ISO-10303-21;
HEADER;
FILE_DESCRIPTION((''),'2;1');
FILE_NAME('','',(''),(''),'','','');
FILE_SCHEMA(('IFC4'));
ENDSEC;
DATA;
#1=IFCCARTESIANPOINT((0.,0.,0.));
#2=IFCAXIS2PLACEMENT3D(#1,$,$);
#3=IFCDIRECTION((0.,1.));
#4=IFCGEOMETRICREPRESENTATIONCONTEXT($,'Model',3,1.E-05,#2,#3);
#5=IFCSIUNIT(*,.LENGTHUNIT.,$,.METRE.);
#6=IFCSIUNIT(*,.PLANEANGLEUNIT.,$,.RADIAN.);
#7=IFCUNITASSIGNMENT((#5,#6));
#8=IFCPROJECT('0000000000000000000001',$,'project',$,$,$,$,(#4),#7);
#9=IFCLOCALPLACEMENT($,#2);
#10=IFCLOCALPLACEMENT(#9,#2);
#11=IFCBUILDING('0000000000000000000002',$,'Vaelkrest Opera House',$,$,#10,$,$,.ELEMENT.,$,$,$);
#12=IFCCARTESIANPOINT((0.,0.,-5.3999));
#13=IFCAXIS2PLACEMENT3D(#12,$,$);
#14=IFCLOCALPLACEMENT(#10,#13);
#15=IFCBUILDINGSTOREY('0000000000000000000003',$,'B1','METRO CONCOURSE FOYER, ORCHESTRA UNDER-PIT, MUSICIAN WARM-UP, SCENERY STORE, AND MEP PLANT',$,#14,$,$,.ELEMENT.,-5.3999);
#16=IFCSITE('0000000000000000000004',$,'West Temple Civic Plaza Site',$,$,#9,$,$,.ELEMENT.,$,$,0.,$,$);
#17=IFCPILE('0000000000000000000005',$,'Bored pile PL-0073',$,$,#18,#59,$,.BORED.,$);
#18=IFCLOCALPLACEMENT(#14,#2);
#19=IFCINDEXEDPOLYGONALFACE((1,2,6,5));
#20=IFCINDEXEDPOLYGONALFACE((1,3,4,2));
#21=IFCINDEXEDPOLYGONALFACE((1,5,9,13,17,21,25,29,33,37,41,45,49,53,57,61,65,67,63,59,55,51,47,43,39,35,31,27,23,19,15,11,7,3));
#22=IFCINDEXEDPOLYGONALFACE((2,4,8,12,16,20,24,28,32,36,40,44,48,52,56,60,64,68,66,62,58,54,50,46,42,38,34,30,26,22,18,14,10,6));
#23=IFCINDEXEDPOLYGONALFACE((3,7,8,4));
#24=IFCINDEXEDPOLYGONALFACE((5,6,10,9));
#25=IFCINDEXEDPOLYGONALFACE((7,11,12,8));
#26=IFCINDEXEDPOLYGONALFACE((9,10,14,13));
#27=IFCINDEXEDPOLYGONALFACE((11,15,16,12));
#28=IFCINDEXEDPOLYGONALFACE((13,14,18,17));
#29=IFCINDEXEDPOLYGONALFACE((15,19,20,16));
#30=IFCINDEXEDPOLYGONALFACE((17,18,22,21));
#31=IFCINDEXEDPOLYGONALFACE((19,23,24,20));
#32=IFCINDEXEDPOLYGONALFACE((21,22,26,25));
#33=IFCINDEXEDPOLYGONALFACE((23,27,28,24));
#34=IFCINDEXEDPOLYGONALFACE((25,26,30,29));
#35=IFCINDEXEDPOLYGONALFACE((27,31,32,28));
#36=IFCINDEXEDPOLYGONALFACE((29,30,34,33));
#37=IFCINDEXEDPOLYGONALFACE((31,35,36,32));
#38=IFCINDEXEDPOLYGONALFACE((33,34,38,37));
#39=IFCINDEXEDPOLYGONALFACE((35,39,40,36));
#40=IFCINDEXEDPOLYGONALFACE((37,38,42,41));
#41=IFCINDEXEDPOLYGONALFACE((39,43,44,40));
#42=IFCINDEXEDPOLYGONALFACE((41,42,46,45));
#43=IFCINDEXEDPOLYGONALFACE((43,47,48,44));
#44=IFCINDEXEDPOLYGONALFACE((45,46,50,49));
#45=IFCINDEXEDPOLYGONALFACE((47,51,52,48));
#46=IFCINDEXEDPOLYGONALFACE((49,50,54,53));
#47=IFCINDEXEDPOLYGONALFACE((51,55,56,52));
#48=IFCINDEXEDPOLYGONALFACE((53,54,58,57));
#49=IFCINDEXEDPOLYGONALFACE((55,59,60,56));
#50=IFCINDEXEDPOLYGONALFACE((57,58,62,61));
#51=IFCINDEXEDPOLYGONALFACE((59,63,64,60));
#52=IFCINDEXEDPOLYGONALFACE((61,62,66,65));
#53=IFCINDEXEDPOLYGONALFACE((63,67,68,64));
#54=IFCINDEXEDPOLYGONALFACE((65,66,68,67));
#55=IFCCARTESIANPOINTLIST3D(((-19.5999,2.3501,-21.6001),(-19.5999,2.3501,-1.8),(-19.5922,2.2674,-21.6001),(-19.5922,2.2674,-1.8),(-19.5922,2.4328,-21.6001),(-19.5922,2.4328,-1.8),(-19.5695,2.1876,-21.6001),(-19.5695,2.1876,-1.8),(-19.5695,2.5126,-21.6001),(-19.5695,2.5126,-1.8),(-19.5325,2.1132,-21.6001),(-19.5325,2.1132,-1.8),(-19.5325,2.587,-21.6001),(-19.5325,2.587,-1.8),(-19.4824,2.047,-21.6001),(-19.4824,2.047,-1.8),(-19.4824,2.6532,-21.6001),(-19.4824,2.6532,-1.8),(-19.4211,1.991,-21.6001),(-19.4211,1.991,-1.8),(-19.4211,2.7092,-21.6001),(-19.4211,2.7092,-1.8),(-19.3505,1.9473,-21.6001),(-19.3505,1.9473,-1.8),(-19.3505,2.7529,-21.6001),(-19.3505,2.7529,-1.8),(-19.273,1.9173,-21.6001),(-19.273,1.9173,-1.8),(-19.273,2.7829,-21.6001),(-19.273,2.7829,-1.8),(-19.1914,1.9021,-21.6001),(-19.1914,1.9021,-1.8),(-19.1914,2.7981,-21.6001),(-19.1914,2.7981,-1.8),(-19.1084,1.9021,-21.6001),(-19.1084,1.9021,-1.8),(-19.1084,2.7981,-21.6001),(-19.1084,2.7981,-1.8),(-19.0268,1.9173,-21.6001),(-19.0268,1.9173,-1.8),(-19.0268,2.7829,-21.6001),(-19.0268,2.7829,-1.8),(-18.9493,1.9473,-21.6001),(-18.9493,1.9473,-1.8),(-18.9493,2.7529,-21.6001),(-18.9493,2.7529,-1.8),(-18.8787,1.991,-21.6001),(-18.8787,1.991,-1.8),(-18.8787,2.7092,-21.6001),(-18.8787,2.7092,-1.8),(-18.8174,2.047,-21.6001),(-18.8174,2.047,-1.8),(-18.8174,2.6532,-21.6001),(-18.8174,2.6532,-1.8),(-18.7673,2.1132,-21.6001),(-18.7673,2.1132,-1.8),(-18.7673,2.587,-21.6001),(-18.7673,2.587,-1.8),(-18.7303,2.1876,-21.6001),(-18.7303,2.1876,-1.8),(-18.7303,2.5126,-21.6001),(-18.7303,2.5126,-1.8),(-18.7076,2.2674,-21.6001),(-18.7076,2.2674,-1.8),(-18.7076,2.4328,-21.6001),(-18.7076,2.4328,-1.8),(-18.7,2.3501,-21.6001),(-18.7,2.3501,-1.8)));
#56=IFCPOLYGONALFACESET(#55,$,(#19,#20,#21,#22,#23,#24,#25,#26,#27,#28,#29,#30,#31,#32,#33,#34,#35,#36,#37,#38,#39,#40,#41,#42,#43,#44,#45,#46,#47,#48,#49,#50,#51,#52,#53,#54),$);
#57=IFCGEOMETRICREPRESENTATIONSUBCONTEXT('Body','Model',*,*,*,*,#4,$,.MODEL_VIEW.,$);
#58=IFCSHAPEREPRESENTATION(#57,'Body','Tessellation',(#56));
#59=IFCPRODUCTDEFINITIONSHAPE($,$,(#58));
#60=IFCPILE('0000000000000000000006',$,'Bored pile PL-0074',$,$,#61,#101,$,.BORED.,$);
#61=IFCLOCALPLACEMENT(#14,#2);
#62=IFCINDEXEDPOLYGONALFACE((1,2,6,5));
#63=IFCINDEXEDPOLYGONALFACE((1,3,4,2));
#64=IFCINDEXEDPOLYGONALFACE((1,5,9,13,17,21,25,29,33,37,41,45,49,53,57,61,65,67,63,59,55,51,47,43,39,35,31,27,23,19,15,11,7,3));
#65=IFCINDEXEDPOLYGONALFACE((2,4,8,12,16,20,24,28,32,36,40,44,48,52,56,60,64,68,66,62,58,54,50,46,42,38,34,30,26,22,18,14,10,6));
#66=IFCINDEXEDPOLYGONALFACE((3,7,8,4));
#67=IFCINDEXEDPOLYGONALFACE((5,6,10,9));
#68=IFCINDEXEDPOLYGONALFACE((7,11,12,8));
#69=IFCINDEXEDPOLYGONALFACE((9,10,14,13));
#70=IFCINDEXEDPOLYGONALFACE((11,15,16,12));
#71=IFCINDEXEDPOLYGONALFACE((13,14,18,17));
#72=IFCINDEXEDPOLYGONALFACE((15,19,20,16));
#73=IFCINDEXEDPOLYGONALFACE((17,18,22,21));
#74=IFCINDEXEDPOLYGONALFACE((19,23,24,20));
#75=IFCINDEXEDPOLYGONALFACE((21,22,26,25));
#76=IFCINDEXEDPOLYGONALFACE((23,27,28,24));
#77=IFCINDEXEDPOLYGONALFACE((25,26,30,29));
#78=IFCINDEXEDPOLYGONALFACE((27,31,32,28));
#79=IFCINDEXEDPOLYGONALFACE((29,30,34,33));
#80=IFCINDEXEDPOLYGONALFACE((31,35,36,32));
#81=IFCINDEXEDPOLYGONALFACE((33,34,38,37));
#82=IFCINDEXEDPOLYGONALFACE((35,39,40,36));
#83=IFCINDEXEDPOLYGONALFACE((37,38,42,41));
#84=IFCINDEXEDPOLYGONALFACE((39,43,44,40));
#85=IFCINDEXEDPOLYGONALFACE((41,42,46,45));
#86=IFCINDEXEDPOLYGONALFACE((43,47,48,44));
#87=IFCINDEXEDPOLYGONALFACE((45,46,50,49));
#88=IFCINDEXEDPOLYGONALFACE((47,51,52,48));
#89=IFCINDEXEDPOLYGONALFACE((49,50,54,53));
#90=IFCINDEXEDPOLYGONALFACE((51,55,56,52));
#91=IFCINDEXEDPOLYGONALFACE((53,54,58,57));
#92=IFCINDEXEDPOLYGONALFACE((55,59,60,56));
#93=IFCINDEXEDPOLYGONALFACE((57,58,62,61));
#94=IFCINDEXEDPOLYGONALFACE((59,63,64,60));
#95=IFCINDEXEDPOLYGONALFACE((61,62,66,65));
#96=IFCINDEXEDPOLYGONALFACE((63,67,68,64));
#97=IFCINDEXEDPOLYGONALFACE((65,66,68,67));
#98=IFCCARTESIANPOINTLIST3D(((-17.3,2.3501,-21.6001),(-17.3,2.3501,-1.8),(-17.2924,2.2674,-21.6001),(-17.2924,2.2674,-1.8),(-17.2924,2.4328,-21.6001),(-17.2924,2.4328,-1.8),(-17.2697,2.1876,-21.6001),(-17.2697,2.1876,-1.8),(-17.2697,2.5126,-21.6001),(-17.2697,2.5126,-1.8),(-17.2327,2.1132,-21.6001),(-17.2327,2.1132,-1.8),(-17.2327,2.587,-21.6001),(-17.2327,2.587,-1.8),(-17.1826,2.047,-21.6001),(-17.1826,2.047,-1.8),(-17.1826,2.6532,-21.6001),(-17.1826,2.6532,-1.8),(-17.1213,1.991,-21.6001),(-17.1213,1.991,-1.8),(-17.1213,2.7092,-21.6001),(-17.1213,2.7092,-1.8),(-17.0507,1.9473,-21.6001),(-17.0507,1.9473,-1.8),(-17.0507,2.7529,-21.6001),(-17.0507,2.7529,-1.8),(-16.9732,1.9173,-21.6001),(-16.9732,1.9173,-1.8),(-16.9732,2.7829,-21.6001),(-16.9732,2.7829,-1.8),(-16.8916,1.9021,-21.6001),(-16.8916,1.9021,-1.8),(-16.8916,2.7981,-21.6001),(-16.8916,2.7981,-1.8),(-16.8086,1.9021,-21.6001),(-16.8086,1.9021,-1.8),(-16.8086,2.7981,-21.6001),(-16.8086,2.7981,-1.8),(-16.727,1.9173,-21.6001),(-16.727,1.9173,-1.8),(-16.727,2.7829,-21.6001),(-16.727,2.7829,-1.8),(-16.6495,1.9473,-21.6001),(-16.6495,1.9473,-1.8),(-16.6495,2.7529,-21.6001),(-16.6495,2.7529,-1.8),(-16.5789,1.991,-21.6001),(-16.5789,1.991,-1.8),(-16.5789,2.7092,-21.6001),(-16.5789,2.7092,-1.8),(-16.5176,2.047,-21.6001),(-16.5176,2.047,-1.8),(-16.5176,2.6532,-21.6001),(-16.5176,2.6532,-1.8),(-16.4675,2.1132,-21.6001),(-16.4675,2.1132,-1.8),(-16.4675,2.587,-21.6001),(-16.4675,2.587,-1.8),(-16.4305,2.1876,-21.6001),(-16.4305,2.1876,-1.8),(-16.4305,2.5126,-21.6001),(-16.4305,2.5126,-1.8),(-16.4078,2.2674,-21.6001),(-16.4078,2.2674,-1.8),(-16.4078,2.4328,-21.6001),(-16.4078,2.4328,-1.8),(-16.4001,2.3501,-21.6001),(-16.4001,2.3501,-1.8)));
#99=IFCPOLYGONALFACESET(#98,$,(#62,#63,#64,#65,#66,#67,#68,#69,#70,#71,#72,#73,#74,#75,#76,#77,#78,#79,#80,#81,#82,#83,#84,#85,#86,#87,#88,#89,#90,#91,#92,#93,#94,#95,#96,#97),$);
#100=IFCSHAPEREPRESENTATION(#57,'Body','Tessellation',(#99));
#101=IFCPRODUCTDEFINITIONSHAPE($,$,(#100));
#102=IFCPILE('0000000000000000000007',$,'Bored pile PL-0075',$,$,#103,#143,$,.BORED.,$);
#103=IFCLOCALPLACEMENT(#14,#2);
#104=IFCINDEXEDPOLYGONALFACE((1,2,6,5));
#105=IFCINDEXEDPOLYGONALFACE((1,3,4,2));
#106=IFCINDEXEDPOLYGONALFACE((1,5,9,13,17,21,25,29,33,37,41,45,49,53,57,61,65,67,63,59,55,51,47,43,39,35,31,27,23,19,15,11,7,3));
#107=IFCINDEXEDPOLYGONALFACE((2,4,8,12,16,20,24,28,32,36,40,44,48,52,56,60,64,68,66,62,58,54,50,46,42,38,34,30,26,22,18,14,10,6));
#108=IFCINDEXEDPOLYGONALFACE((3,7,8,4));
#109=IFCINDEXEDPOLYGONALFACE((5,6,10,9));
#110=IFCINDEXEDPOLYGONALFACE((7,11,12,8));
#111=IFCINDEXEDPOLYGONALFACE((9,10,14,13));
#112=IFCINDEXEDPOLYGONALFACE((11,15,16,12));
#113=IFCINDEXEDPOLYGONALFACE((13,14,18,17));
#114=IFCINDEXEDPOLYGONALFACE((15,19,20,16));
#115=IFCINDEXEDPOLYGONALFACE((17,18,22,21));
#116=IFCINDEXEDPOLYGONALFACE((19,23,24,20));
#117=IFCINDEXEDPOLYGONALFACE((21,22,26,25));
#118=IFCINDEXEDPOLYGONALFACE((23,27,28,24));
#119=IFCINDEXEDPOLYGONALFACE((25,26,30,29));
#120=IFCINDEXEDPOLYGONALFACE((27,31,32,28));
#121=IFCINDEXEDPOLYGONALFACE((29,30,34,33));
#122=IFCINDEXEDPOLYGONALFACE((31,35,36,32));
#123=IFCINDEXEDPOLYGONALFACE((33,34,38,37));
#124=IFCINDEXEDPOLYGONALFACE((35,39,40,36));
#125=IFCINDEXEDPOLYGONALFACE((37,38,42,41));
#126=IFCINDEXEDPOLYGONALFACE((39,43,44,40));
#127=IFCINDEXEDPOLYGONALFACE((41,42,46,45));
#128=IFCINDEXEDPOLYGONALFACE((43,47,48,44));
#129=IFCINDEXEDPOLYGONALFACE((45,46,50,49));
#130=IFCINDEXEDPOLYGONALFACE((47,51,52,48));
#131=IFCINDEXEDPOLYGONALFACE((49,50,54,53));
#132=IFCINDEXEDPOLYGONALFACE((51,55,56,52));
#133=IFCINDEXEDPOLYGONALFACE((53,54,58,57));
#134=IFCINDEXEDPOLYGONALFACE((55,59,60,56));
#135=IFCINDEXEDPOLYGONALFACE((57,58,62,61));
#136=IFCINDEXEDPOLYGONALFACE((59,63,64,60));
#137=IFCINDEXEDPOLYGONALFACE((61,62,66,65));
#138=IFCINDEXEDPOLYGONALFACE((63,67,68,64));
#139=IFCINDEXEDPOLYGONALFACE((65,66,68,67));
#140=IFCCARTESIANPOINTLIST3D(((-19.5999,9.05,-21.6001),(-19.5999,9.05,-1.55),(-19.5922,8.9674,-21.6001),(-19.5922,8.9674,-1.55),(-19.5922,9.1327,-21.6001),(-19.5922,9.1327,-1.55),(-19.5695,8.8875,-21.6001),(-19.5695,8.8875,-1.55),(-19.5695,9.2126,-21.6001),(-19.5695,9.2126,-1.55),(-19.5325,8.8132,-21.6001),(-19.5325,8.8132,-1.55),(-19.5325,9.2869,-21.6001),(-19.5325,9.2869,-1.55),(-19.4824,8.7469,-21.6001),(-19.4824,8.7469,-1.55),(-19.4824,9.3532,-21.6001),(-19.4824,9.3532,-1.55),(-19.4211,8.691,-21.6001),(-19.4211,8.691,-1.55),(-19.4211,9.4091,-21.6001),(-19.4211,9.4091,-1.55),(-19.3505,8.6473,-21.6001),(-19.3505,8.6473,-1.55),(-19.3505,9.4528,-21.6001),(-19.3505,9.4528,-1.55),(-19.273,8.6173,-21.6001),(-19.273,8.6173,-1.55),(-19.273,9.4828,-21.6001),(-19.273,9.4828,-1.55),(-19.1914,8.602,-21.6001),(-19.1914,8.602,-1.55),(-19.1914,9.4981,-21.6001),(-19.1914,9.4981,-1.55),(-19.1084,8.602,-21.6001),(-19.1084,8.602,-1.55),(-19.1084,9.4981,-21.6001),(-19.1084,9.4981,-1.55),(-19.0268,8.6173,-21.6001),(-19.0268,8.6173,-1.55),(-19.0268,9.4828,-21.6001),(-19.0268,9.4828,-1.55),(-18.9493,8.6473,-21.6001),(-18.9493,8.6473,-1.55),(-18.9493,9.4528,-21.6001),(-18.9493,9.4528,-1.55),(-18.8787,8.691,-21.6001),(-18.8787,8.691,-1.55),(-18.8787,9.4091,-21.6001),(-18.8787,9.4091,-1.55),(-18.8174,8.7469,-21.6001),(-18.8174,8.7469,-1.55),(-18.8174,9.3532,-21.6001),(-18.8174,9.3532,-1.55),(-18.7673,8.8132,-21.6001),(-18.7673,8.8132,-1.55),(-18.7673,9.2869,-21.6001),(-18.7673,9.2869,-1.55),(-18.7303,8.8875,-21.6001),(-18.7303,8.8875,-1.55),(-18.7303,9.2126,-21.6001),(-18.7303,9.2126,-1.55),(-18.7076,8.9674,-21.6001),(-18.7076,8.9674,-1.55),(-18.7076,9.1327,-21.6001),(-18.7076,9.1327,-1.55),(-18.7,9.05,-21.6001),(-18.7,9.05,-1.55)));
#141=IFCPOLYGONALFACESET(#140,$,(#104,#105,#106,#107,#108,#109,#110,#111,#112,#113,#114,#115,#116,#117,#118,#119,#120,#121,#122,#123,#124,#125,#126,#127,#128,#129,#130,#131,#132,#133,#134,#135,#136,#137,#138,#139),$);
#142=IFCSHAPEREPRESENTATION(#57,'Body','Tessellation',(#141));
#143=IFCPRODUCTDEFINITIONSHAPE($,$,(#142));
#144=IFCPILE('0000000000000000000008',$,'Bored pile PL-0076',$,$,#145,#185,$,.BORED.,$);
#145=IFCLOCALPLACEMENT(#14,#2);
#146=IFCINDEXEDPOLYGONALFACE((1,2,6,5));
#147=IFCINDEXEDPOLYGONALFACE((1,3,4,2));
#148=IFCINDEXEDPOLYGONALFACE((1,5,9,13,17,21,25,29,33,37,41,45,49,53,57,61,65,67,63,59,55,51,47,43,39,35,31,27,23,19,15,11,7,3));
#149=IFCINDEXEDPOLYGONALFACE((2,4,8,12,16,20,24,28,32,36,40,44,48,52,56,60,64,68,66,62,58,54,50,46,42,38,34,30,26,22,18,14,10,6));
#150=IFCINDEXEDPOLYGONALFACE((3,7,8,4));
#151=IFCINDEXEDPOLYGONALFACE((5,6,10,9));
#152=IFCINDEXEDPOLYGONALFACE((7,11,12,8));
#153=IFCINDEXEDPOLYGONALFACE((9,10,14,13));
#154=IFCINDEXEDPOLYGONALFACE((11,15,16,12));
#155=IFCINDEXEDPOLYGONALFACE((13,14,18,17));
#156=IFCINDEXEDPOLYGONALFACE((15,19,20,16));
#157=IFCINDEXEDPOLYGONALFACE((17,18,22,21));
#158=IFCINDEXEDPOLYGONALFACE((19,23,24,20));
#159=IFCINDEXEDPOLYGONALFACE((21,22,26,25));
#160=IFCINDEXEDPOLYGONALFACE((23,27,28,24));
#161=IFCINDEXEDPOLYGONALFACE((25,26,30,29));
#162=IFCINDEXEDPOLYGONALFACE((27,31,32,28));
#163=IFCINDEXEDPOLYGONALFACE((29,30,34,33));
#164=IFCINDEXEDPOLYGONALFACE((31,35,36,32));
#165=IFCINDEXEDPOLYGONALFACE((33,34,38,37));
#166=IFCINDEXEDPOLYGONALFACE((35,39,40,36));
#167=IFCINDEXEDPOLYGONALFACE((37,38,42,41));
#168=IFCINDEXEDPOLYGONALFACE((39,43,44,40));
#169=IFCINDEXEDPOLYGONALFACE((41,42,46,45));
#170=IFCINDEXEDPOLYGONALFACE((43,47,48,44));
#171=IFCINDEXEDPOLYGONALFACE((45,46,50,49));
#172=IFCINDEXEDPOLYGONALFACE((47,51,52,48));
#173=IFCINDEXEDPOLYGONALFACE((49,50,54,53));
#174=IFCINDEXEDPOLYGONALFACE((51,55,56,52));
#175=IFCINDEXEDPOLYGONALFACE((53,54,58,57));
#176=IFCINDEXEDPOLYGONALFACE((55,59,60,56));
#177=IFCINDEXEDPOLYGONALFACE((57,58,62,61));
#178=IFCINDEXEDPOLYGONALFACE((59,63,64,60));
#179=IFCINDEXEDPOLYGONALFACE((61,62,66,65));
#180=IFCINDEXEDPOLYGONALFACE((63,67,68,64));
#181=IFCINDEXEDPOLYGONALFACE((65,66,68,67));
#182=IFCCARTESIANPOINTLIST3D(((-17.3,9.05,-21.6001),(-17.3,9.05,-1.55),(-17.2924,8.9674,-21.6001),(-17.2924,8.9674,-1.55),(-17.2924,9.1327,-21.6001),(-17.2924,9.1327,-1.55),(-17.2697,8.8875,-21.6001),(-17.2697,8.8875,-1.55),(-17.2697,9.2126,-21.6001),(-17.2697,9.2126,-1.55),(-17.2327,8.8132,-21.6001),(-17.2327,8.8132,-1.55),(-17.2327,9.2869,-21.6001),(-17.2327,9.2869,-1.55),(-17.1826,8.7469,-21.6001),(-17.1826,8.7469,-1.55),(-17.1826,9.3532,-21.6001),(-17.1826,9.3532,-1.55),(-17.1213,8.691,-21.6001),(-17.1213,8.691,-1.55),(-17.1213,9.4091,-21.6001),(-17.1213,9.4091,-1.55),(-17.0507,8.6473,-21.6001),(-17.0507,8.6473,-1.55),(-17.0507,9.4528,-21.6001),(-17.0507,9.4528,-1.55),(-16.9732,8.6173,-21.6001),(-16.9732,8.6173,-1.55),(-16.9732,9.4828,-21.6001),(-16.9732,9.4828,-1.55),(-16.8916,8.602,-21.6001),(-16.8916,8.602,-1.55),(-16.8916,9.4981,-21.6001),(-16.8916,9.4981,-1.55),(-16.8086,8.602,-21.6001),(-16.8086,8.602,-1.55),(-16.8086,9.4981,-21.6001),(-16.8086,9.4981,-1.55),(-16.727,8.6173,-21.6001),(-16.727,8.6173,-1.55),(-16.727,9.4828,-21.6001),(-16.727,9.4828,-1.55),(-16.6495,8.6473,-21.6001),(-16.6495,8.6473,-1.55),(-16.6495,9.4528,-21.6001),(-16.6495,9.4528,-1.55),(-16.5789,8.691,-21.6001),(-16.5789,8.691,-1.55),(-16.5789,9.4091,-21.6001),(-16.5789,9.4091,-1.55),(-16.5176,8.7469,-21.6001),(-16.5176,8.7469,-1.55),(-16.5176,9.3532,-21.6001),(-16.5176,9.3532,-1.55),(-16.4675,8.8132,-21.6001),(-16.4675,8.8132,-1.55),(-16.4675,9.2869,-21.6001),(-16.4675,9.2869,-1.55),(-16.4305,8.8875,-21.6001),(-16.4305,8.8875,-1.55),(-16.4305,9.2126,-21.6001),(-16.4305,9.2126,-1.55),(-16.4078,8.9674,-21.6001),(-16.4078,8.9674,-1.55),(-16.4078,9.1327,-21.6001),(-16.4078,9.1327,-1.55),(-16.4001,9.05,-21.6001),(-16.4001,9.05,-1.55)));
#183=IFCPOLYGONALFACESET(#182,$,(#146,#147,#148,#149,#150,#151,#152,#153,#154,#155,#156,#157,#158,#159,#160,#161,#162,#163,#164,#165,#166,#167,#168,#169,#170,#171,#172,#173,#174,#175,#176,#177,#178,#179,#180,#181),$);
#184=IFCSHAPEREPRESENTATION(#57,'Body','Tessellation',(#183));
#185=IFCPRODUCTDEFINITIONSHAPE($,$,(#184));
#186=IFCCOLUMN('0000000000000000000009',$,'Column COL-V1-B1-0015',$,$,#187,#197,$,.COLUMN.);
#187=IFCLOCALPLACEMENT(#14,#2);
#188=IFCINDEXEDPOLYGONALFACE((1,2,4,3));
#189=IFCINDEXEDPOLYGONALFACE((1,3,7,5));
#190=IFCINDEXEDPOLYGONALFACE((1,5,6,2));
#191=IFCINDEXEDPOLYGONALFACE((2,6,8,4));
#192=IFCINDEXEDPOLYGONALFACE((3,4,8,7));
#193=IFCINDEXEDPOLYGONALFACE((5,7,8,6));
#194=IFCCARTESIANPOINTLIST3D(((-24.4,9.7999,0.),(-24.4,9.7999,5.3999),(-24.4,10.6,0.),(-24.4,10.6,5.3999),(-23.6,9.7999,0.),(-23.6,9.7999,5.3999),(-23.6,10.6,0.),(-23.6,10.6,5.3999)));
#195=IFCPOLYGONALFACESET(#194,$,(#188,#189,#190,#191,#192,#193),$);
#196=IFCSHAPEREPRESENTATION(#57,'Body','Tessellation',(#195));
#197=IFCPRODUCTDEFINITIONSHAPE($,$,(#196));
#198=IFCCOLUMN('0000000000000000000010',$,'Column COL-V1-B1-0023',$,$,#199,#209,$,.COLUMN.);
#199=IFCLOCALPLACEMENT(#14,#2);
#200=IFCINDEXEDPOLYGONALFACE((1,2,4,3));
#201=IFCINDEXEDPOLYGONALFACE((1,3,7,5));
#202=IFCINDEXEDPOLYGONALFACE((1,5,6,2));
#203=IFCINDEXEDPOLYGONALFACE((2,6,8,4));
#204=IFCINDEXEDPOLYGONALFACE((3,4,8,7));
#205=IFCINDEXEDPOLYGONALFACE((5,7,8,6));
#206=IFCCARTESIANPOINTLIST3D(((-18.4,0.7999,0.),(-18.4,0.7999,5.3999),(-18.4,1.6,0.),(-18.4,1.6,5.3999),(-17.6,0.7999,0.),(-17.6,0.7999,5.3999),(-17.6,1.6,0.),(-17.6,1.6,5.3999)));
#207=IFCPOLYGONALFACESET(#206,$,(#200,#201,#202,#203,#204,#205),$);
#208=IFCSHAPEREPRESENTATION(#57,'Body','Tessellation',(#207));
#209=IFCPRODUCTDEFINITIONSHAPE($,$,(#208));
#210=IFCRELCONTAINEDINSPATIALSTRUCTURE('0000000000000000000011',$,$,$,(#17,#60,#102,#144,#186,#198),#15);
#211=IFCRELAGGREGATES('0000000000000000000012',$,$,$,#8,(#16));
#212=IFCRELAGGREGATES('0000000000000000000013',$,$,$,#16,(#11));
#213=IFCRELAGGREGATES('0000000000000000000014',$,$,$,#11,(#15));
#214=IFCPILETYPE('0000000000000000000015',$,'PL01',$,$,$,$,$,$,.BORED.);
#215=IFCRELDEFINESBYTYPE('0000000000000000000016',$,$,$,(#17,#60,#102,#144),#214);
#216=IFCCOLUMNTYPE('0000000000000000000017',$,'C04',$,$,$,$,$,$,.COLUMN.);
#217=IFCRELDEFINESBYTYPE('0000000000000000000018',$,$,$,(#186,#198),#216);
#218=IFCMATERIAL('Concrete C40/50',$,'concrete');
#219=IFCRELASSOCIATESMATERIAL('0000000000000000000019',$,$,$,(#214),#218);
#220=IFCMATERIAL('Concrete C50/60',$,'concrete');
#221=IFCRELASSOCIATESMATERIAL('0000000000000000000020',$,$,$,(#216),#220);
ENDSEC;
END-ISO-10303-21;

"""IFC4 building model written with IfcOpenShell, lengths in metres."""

from ifc_helpers import new_model, si_unit, direction, frame, origin, origin_2d, place, context, subcontext, project, spatial, rectangle, circle, extrude, material, material_profile, profile_set, type_object, element, save


model = new_model("IFC4")

# Units and contexts
model_context = context("Model", 3, precision=1e-05, world=origin(), true_north=direction((0.0, 1.0)))
body_context = subcontext(model_context, "Body", "Model", "MODEL_VIEW")
ifc_project = project(units=[si_unit("LENGTHUNIT", "METRE"), si_unit("PLANEANGLEUNIT", "RADIAN")], contexts=[model_context])

# Site, building, storey
site_placement = place(None, origin())
site = spatial("IfcSite", under=ifc_project, at=site_placement, Name="West Temple Civic Plaza Site", CompositionType="ELEMENT", RefElevation=0.0)
building_placement = place(site_placement, origin())
building = spatial("IfcBuilding", under=site, at=building_placement, Name="Vaelkrest Opera House", CompositionType="ELEMENT")
storey_placement = place(building_placement, frame((0.0, 0.0, -5.3999)))
storey = spatial("IfcBuildingStorey", under=building, at=storey_placement, Name="B1", Description="METRO CONCOURSE FOYER, ORCHESTRA UNDER-PIT, MUSICIAN WARM-UP, SCENERY STORE, AND MEP PLANT", CompositionType="ELEMENT", Elevation=-5.3999)

# Shared definitions
ifc_material_1 = material(Name="Concrete C40/50", Category="concrete")

# Piles
ifc_material_profile_1 = material_profile(ifc_material_1, circle(Radius=0.45, at=origin_2d()), Name="PILE900")
ifc_profile_set_1 = profile_set([ifc_material_profile_1], Name="Concrete C40/50")
pile_type = type_object("IfcPileType", Name="PL01", PredefinedType="BORED", material=ifc_profile_set_1)
for number, where, z_axis, x_axis, name in (
    (1, (-19.1499, 2.3501, -1.8), (0.0, 0.0, -1.0), (1.0, 0.0, 0.0), "Bored pile PL-0073"),
    (2, (-16.8501, 2.3501, -1.8), (0.0, 0.0, -1.0), (1.0, 0.0, 0.0), "Bored pile PL-0074"),
):
    element("IfcPile", number, at=place(storey_placement, frame(where, z_axis=z_axis, x_axis=x_axis)), inside=storey, type_object=pile_type, Name=name, PredefinedType="BORED", context=body_context, shape_type="SweptSolid", body=[
        extrude(circle(Radius=0.45, at=origin_2d()), origin(), (0.0, 0.0, 1.0), 19.8),
    ])
for number, where, z_axis, x_axis, name in (
    (3, (-19.1499, 9.05, -1.55), (0.0, 0.0, -1.0), (1.0, 0.0, 0.0), "Bored pile PL-0075"),
    (4, (-16.8501, 9.05, -1.55), (0.0, 0.0, -1.0), (1.0, 0.0, 0.0), "Bored pile PL-0076"),
):
    element("IfcPile", number, at=place(storey_placement, frame(where, z_axis=z_axis, x_axis=x_axis)), inside=storey, type_object=pile_type, Name=name, PredefinedType="BORED", context=body_context, shape_type="SweptSolid", body=[
        extrude(circle(Radius=0.45, at=origin_2d()), origin(), (0.0, 0.0, 1.0), 20.05),
    ])

# Columns
ifc_material_2 = material(Name="Concrete C50/60", Category="concrete")
ifc_material_profile_2 = material_profile(ifc_material_2, rectangle(XDim=0.8, YDim=0.8, at=origin_2d()), Name="RC800X800")
ifc_profile_set_2 = profile_set([ifc_material_profile_2], Name="Concrete C50/60")
column_type = type_object("IfcColumnType", Name="C04", PredefinedType="COLUMN", material=ifc_profile_set_2)
for number, where, z_axis, x_axis, name in (
    (5, (-24.0, 10.2, 0.0), (0.0, 0.0, 1.0), (1.0, 0.0, 0.0), "Column COL-V1-B1-0015"),
    (6, (-18.0, 1.2, 0.0), (0.0, 0.0, 1.0), (1.0, 0.0, 0.0), "Column COL-V1-B1-0023"),
):
    element("IfcColumn", number, at=place(storey_placement, frame(where, z_axis=z_axis, x_axis=x_axis)), inside=storey, type_object=column_type, Name=name, PredefinedType="COLUMN", context=body_context, shape_type="SweptSolid", body=[
        extrude(rectangle(XDim=0.8, YDim=0.8, at=origin_2d()), origin(), (0.0, 0.0, 1.0), 5.3999),
    ])

save(model, "model.ifc")
